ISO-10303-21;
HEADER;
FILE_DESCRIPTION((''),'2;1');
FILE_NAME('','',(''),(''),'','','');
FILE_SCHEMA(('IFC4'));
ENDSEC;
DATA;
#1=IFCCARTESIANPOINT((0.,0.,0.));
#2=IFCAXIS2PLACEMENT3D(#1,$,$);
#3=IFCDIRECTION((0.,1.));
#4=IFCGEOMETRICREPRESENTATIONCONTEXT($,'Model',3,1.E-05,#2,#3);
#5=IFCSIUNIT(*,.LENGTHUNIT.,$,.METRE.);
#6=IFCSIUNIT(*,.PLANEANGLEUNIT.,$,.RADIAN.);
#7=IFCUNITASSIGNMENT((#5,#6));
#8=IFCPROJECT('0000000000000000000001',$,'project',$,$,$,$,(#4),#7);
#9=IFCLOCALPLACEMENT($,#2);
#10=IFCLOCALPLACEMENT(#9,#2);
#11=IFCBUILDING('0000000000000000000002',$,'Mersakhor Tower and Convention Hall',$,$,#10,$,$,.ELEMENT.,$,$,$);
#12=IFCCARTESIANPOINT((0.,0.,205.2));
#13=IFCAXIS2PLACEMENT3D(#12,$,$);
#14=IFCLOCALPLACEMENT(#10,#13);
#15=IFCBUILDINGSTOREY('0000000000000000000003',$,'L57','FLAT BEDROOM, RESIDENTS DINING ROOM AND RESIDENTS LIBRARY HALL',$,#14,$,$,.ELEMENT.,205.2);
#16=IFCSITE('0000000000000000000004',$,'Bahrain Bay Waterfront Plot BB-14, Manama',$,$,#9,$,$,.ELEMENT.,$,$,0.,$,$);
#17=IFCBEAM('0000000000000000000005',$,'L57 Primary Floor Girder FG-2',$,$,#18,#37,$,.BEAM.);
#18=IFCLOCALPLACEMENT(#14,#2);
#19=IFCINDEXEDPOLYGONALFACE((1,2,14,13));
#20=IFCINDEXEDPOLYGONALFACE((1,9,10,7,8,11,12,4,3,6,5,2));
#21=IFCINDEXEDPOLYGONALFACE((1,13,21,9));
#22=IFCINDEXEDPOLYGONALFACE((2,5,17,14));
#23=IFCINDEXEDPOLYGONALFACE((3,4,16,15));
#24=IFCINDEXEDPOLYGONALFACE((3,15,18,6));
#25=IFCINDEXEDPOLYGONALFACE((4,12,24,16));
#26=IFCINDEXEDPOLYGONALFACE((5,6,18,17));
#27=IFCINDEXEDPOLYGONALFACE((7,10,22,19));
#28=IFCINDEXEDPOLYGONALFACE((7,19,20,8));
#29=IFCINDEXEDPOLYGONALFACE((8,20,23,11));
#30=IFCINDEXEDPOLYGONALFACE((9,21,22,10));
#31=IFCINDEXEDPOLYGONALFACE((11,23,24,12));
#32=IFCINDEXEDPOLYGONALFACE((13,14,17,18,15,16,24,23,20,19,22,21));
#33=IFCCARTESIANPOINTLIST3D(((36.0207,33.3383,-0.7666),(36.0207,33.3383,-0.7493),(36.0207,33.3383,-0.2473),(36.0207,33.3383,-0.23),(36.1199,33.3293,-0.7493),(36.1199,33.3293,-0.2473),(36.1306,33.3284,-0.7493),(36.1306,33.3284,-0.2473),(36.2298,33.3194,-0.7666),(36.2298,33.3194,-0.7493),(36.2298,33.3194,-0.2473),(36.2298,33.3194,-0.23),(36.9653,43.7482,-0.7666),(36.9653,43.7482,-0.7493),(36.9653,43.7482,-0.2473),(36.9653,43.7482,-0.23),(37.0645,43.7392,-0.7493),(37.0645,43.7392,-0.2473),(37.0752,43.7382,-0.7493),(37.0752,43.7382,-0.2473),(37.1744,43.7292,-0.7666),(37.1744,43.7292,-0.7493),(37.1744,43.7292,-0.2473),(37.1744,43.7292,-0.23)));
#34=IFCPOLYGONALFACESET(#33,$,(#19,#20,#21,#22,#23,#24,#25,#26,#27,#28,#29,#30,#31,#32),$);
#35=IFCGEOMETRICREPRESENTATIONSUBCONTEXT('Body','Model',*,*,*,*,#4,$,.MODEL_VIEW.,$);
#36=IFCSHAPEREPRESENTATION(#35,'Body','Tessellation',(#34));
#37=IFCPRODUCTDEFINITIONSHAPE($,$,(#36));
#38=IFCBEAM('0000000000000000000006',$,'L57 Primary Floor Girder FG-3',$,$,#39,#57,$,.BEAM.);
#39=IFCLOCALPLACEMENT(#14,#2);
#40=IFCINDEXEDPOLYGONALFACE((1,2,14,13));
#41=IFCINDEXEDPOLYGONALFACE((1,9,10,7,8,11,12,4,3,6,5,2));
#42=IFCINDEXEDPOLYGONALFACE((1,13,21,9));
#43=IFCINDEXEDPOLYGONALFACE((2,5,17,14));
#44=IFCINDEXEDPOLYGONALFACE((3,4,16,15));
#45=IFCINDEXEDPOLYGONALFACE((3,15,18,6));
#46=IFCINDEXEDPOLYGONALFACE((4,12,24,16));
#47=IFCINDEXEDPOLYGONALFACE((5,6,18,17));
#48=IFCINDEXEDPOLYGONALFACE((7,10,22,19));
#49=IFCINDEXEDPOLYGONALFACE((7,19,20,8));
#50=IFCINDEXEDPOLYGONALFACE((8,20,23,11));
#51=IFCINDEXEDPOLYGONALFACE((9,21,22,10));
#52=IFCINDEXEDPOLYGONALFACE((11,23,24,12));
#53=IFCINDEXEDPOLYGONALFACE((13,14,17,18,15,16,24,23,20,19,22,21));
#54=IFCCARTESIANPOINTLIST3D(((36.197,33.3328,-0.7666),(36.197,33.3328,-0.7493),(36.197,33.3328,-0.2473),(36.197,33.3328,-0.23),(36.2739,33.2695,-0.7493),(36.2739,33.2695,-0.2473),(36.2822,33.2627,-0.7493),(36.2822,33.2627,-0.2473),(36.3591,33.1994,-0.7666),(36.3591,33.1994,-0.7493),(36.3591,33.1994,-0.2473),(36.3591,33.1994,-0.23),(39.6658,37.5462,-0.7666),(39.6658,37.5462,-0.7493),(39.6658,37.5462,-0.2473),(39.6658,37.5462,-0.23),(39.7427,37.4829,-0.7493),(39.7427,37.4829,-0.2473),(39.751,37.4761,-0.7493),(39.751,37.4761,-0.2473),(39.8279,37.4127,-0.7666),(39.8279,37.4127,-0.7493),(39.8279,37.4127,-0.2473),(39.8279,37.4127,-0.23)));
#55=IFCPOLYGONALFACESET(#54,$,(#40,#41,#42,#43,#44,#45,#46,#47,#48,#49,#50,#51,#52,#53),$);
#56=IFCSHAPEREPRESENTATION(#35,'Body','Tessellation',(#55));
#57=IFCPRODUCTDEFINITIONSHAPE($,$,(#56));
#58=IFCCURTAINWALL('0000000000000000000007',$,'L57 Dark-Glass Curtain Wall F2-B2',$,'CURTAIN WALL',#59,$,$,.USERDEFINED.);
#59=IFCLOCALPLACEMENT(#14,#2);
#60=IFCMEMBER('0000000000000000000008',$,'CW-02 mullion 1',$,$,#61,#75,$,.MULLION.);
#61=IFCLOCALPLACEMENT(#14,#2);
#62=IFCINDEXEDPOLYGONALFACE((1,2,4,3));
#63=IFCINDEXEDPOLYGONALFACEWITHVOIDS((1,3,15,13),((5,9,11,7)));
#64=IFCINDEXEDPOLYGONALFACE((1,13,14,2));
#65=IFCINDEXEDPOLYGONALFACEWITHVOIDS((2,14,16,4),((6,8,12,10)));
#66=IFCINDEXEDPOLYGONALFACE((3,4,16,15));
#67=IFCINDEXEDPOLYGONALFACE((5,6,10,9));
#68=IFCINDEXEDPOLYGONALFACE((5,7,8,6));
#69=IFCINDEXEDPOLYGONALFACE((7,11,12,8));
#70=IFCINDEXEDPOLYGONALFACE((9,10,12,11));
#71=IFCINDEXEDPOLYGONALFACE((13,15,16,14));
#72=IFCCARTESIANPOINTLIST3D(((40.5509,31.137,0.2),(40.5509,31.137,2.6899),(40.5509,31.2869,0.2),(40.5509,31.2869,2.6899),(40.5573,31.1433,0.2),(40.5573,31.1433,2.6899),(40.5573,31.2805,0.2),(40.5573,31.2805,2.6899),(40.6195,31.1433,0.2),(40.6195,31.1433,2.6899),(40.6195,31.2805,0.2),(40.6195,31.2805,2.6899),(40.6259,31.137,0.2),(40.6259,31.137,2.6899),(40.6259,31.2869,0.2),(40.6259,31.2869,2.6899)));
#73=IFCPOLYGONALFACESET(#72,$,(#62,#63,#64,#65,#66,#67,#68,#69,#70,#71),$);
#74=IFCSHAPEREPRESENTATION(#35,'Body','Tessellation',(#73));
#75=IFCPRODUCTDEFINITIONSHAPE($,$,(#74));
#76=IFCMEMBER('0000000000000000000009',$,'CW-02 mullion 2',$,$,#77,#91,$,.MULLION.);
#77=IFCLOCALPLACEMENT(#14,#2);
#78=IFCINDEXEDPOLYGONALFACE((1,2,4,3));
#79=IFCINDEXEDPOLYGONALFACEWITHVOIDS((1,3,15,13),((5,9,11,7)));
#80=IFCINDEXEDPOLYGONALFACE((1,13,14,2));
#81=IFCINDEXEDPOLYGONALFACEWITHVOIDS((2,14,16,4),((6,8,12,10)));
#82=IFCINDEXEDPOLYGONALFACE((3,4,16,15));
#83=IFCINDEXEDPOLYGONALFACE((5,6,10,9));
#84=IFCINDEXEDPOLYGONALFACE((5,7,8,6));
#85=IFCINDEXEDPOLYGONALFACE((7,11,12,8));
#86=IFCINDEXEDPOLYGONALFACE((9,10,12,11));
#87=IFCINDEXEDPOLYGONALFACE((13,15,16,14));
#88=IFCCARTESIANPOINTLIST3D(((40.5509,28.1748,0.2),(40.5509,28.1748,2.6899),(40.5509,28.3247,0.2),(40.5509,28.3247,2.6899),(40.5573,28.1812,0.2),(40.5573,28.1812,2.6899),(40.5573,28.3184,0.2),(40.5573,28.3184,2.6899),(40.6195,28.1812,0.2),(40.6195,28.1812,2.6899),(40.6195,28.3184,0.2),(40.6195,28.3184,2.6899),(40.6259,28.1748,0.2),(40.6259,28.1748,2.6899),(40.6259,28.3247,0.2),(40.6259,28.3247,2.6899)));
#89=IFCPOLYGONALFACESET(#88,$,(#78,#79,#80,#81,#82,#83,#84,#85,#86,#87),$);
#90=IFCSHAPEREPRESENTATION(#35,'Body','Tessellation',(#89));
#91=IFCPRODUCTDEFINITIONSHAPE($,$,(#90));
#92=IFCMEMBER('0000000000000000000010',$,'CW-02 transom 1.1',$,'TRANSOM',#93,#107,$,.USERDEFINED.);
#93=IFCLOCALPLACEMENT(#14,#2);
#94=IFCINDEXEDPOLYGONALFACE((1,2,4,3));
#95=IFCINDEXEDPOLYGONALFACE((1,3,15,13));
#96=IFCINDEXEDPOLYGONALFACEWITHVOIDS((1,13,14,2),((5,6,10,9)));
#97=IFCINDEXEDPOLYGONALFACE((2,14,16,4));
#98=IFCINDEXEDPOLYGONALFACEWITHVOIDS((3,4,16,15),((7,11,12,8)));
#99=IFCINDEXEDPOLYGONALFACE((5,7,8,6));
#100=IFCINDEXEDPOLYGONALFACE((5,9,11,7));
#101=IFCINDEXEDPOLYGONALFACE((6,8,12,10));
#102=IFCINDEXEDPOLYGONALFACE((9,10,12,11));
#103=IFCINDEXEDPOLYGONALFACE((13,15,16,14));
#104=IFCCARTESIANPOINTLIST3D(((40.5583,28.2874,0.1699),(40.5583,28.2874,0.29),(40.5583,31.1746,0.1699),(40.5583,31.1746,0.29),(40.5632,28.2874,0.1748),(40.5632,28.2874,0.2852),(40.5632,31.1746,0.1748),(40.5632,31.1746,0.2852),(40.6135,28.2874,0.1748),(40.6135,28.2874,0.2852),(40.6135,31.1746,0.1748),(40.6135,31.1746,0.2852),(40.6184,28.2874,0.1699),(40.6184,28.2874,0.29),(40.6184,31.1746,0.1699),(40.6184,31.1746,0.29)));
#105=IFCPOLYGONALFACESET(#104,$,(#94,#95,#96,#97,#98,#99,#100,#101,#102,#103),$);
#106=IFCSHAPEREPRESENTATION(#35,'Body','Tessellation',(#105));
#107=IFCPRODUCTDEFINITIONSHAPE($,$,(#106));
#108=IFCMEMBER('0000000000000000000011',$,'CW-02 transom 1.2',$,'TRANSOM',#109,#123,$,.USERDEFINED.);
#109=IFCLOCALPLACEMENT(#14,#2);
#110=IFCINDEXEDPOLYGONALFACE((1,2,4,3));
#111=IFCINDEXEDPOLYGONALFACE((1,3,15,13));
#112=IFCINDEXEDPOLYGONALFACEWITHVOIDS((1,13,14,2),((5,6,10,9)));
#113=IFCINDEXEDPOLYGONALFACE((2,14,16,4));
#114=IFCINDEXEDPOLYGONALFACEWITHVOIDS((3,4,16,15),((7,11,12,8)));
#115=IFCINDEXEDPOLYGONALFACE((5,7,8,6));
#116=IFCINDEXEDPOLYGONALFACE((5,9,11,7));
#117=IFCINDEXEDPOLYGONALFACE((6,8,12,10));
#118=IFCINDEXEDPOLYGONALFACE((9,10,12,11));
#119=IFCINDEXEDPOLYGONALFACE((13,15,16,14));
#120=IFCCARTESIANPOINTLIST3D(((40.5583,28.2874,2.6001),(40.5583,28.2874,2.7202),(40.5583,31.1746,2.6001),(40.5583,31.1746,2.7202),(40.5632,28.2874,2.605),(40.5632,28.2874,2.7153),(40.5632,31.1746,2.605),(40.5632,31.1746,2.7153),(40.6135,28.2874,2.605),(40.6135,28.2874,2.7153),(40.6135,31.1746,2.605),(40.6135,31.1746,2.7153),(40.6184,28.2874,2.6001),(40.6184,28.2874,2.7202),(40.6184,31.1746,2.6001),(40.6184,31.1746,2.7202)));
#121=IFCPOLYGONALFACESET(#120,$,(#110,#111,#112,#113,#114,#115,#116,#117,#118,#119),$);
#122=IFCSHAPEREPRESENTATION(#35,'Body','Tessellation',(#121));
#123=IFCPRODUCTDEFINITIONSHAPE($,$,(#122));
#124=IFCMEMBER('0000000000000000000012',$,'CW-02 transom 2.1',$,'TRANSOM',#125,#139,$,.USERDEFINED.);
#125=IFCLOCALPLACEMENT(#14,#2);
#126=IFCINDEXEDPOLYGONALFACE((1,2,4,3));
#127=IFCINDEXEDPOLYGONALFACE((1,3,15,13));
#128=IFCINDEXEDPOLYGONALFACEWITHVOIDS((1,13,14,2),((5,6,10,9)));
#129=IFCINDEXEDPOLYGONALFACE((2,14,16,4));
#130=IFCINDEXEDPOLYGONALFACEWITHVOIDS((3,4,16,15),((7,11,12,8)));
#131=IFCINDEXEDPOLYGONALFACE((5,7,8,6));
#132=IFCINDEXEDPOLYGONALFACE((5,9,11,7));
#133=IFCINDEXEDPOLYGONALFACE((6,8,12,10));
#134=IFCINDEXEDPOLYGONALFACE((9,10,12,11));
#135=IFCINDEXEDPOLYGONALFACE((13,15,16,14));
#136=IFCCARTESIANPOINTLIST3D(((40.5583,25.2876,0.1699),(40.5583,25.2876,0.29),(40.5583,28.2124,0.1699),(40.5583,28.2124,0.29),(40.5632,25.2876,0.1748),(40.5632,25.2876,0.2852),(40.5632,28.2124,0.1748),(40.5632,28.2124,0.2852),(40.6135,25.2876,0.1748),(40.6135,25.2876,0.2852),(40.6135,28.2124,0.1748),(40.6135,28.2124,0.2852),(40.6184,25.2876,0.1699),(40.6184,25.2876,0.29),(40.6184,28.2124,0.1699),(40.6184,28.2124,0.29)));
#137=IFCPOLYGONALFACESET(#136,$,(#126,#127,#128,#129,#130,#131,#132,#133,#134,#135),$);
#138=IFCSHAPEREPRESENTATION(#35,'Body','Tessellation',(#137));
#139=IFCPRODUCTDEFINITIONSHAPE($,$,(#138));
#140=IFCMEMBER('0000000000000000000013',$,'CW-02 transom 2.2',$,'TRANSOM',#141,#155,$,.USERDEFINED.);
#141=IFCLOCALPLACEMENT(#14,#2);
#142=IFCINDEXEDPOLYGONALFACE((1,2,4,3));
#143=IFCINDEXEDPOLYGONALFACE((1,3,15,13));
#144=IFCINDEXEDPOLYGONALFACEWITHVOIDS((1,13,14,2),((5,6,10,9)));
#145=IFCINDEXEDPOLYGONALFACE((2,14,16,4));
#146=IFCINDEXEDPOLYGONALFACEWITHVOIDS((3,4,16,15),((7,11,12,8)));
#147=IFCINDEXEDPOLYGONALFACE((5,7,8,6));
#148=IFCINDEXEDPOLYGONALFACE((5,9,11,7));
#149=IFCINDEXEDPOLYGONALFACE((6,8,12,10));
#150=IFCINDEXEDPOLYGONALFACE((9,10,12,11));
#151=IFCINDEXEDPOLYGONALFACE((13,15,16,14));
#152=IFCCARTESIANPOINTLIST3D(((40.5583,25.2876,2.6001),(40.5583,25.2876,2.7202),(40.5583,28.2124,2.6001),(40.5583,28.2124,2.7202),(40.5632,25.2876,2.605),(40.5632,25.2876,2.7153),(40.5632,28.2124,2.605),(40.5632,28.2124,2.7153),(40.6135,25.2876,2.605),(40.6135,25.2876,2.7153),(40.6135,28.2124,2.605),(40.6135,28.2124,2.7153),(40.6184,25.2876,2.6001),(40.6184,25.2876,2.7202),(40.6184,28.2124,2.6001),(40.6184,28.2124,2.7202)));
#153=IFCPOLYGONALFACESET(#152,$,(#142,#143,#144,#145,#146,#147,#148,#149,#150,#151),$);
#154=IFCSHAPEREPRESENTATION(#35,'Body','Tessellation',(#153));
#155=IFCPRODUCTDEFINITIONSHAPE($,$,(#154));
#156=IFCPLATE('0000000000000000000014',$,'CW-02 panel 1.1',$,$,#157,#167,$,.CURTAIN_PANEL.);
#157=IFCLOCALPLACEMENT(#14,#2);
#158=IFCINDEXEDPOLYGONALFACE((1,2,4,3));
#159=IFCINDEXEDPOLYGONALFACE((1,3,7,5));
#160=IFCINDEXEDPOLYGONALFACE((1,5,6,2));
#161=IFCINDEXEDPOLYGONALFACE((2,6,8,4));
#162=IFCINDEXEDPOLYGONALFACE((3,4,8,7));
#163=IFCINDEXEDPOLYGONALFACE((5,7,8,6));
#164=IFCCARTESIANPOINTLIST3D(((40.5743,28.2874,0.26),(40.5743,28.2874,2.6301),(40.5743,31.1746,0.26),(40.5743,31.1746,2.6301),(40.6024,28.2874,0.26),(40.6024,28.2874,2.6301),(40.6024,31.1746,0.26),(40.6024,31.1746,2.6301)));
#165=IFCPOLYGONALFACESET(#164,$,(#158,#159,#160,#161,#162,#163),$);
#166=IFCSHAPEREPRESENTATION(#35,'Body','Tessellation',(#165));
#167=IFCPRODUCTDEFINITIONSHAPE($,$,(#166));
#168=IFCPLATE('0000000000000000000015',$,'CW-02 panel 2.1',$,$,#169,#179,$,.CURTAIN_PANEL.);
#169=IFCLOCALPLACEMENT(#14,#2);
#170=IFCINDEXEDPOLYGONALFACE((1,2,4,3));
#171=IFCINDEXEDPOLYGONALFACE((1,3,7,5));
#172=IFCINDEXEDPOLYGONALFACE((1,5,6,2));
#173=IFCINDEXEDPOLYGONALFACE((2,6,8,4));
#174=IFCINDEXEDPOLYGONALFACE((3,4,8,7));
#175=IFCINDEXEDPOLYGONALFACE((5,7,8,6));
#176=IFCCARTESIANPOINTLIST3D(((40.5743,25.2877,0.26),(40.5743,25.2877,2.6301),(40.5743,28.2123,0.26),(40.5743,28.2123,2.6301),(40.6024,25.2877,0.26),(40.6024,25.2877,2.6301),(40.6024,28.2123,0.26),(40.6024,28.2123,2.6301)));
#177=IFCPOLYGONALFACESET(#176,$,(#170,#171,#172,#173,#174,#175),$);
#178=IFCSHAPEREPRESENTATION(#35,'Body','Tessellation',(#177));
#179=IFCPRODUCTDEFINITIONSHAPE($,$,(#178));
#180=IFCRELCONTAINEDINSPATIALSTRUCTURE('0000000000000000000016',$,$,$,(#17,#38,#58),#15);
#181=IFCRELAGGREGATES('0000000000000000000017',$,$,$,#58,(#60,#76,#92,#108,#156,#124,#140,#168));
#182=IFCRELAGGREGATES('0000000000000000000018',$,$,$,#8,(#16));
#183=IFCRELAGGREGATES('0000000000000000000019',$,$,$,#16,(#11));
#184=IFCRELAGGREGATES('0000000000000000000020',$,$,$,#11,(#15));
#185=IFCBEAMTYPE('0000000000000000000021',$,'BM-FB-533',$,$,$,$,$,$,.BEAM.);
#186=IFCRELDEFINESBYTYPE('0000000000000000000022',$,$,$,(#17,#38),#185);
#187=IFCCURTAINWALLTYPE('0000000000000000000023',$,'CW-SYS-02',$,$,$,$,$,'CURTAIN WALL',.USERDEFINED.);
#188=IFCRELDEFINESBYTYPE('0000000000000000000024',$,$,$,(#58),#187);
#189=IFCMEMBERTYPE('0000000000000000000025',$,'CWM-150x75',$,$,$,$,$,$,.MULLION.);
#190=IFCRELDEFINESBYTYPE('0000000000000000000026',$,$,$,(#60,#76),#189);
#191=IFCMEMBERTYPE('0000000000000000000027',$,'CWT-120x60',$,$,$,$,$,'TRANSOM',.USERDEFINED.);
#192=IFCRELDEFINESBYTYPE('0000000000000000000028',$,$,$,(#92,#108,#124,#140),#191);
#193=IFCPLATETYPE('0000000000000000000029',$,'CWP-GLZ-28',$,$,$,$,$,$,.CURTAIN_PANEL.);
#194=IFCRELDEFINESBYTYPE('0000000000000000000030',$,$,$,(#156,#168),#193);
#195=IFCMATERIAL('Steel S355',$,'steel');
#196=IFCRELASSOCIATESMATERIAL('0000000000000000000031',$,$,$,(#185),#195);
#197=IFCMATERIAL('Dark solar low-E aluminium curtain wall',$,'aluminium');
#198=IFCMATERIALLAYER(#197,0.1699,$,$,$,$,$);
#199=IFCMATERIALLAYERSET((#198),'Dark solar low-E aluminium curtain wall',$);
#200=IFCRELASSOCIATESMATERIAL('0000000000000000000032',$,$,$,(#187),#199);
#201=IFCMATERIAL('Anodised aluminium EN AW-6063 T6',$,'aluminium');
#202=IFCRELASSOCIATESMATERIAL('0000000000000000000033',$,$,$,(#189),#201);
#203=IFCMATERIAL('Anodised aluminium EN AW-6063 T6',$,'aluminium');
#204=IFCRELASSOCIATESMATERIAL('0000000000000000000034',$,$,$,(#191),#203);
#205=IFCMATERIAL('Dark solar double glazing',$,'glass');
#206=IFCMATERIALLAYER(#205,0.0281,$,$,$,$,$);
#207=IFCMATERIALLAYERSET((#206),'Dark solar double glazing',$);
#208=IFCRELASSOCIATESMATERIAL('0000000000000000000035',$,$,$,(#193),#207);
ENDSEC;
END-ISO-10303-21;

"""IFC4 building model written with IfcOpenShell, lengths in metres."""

from ifc_helpers import new_model, si_unit, direction, frame, origin, origin_2d, place, context, subcontext, project, spatial, rectangle, hollow_rectangle, i_section, extrude, material, layer, layer_set, material_profile, profile_set, type_object, element, aggregate, save


model = new_model("IFC4")

# Units and contexts
model_context = context("Model", 3, precision=1e-05, world=origin(), true_north=direction((0.0, 1.0)))
body_context = subcontext(model_context, "Body", "Model", "MODEL_VIEW")
ifc_project = project(units=[si_unit("LENGTHUNIT", "METRE"), si_unit("PLANEANGLEUNIT", "RADIAN")], contexts=[model_context])

# Site, building, storey
site_placement = place(None, origin())
site = spatial("IfcSite", under=ifc_project, at=site_placement, Name="Bahrain Bay Waterfront Plot BB-14, Manama", CompositionType="ELEMENT", RefElevation=0.0)
building_placement = place(site_placement, origin())
building = spatial("IfcBuilding", under=site, at=building_placement, Name="Mersakhor Tower and Convention Hall", CompositionType="ELEMENT")
storey_placement = place(building_placement, frame((0.0, 0.0, 205.2)))
storey = spatial("IfcBuildingStorey", under=building, at=storey_placement, Name="L57", Description="FLAT BEDROOM, RESIDENTS DINING ROOM AND RESIDENTS LIBRARY HALL", CompositionType="ELEMENT", Elevation=205.2)

# Beams
ifc_material_1 = material(Name="Steel S355", Category="steel")
ifc_material_profile_1 = material_profile(ifc_material_1, i_section(OverallWidth=0.21, OverallDepth=0.5366, WebThickness=0.0107, FlangeThickness=0.0173, at=origin_2d()), Name="UB 533x210x101")
ifc_profile_set_1 = profile_set([ifc_material_profile_1], Name="Steel S355")
beam_type = type_object("IfcBeamType", Name="BM-FB-533", PredefinedType="BEAM", material=ifc_profile_set_1)
beam_1_placement = place(storey_placement, frame((36.1252, 33.3289, -0.4983), z_axis=(0.090367, 0.995909, 0.0), x_axis=(-0.995909, 0.090367, 0.0)))
element("IfcBeam", 1, at=beam_1_placement, inside=storey, type_object=beam_type, Name="L57 Primary Floor Girder FG-2", PredefinedType="BEAM", context=body_context, shape_type="SweptSolid", body=[
    extrude(i_section(OverallWidth=0.21, OverallDepth=0.5366, WebThickness=0.0107, FlangeThickness=0.0173, at=origin_2d()), origin(), (0.0, 0.0, 1.0), 10.4526),
])
beam_2_placement = place(storey_placement, frame((36.2781, 33.2661, -0.4983), z_axis=(0.635588, 0.772028, 0.0), x_axis=(-0.772028, 0.635588, 0.0)))
element("IfcBeam", 2, at=beam_2_placement, inside=storey, type_object=beam_type, Name="L57 Primary Floor Girder FG-3", PredefinedType="BEAM", context=body_context, shape_type="SweptSolid", body=[
    extrude(i_section(OverallWidth=0.21, OverallDepth=0.5366, WebThickness=0.0107, FlangeThickness=0.0173, at=origin_2d()), origin(), (0.0, 0.0, 1.0), 5.4575),
])

# Curtain wall, members, plates
ifc_material_2 = material(Name="Dark solar low-E aluminium curtain wall", Category="aluminium")
ifc_layer_1 = layer(ifc_material_2, 0.1699)
ifc_layer_set_1 = layer_set([ifc_layer_1], Name="Dark solar low-E aluminium curtain wall")
curtain_wall_type = type_object("IfcCurtainWallType", Name="CW-SYS-02", ElementType="CURTAIN WALL", PredefinedType="USERDEFINED", material=ifc_layer_set_1)
curtain_wall_placement = place(storey_placement, origin())
curtain_wall = element("IfcCurtainWall", 3, at=curtain_wall_placement, inside=storey, type_object=curtain_wall_type, Name="L57 Dark-Glass Curtain Wall F2-B2", ObjectType="CURTAIN WALL", PredefinedType="USERDEFINED")
ifc_material_3 = material(Name="Anodised aluminium EN AW-6063 T6", Category="aluminium")
ifc_material_profile_2 = material_profile(ifc_material_3, hollow_rectangle(XDim=0.075, YDim=0.1499, WallThickness=0.0063, at=origin_2d()), Name="RHS 150x75x6.3")
ifc_profile_set_2 = profile_set([ifc_material_profile_2], Name="Anodised aluminium EN AW-6063 T6")
member_type_1 = type_object("IfcMemberType", Name="CWM-150x75", PredefinedType="MULLION", material=ifc_profile_set_2)
member_1_placement = place(storey_placement, frame((40.5884, 31.2119, 0.2), z_axis=(0.0, 0.0, 1.0), x_axis=(1.0, 0.0, 0.0)))
member_1 = element("IfcMember", 4, at=member_1_placement, type_object=member_type_1, Name="CW-02 mullion 1", PredefinedType="MULLION", context=body_context, shape_type="SweptSolid", body=[
    extrude(hollow_rectangle(XDim=0.075, YDim=0.1499, WallThickness=0.0063, at=origin_2d()), origin(), (0.0, 0.0, 1.0), 2.49),
])
member_2_placement = place(storey_placement, frame((40.5884, 28.2498, 0.2), z_axis=(0.0, 0.0, 1.0), x_axis=(1.0, 0.0, 0.0)))
member_2 = element("IfcMember", 5, at=member_2_placement, type_object=member_type_1, Name="CW-02 mullion 2", PredefinedType="MULLION", context=body_context, shape_type="SweptSolid", body=[
    extrude(hollow_rectangle(XDim=0.075, YDim=0.1499, WallThickness=0.0063, at=origin_2d()), origin(), (0.0, 0.0, 1.0), 2.49),
])
ifc_material_4 = material(Name="Anodised aluminium EN AW-6063 T6", Category="aluminium")
ifc_material_profile_3 = material_profile(ifc_material_4, hollow_rectangle(XDim=0.0601, YDim=0.1201, WallThickness=0.0049, at=origin_2d()), Name="RHS 120x60x5")
ifc_profile_set_3 = profile_set([ifc_material_profile_3], Name="Anodised aluminium EN AW-6063 T6")
member_type_2 = type_object("IfcMemberType", Name="CWT-120x60", ElementType="TRANSOM", PredefinedType="USERDEFINED", material=ifc_profile_set_3)
member_3_placement = place(storey_placement, frame((40.5884, 31.1746, 0.23), z_axis=(0.0, -1.0, 0.0), x_axis=(1.0, 0.0, 0.0)))
member_3 = element("IfcMember", 6, at=member_3_placement, type_object=member_type_2, Name="CW-02 transom 1.1", ObjectType="TRANSOM", PredefinedType="USERDEFINED", context=body_context, shape_type="SweptSolid", body=[
    extrude(hollow_rectangle(XDim=0.0601, YDim=0.1201, WallThickness=0.0049, at=origin_2d()), origin(), (0.0, 0.0, 1.0), 2.8872),
])
member_4_placement = place(storey_placement, frame((40.5884, 31.1746, 2.6602), z_axis=(0.0, -1.0, 0.0), x_axis=(1.0, 0.0, 0.0)))
member_4 = element("IfcMember", 7, at=member_4_placement, type_object=member_type_2, Name="CW-02 transom 1.2", ObjectType="TRANSOM", PredefinedType="USERDEFINED", context=body_context, shape_type="SweptSolid", body=[
    extrude(hollow_rectangle(XDim=0.0601, YDim=0.1201, WallThickness=0.0049, at=origin_2d()), origin(), (0.0, 0.0, 1.0), 2.8872),
])
member_5_placement = place(storey_placement, frame((40.5884, 28.2124, 0.23), z_axis=(0.0, -1.0, 0.0), x_axis=(1.0, 0.0, 0.0)))
member_5 = element("IfcMember", 8, at=member_5_placement, type_object=member_type_2, Name="CW-02 transom 2.1", ObjectType="TRANSOM", PredefinedType="USERDEFINED", context=body_context, shape_type="SweptSolid", body=[
    extrude(hollow_rectangle(XDim=0.0601, YDim=0.1201, WallThickness=0.0049, at=origin_2d()), origin(), (0.0, 0.0, 1.0), 2.9248),
])
member_6_placement = place(storey_placement, frame((40.5884, 28.2124, 2.6602), z_axis=(0.0, -1.0, 0.0), x_axis=(1.0, 0.0, 0.0)))
member_6 = element("IfcMember", 9, at=member_6_placement, type_object=member_type_2, Name="CW-02 transom 2.2", ObjectType="TRANSOM", PredefinedType="USERDEFINED", context=body_context, shape_type="SweptSolid", body=[
    extrude(hollow_rectangle(XDim=0.0601, YDim=0.1201, WallThickness=0.0049, at=origin_2d()), origin(), (0.0, 0.0, 1.0), 2.9248),
])
ifc_material_5 = material(Name="Dark solar double glazing", Category="glass")
ifc_layer_2 = layer(ifc_material_5, 0.0281)
ifc_layer_set_2 = layer_set([ifc_layer_2], Name="Dark solar double glazing")
plate_type_1 = type_object("IfcPlateType", Name="CWP-GLZ-28", PredefinedType="CURTAIN_PANEL", material=ifc_layer_set_2)
plate_1_placement = place(storey_placement, frame((40.5884, 29.731, 0.26), z_axis=(0.0, 0.0, 1.0), x_axis=(0.0, -1.0, 0.0)))
plate_1 = element("IfcPlate", 10, at=plate_1_placement, type_object=plate_type_1, Name="CW-02 panel 1.1", PredefinedType="CURTAIN_PANEL", context=body_context, shape_type="SweptSolid", body=[
    extrude(rectangle(XDim=2.8872, YDim=0.0281, at=origin_2d()), origin(), (0.0, 0.0, 1.0), 2.3701),
])
plate_2_placement = place(storey_placement, frame((40.5884, 26.75, 0.26), z_axis=(0.0, 0.0, 1.0), x_axis=(0.0, -1.0, 0.0)))
plate_2 = element("IfcPlate", 11, at=plate_2_placement, type_object=plate_type_1, Name="CW-02 panel 2.1", PredefinedType="CURTAIN_PANEL", context=body_context, shape_type="SweptSolid", body=[
    extrude(rectangle(XDim=2.9246, YDim=0.0281, at=origin_2d()), origin(), (0.0, 0.0, 1.0), 2.3701),
])
aggregate(curtain_wall, [member_1, member_2, member_3, member_4, plate_1, member_5, member_6, plate_2])

save(model, "model.ifc")
